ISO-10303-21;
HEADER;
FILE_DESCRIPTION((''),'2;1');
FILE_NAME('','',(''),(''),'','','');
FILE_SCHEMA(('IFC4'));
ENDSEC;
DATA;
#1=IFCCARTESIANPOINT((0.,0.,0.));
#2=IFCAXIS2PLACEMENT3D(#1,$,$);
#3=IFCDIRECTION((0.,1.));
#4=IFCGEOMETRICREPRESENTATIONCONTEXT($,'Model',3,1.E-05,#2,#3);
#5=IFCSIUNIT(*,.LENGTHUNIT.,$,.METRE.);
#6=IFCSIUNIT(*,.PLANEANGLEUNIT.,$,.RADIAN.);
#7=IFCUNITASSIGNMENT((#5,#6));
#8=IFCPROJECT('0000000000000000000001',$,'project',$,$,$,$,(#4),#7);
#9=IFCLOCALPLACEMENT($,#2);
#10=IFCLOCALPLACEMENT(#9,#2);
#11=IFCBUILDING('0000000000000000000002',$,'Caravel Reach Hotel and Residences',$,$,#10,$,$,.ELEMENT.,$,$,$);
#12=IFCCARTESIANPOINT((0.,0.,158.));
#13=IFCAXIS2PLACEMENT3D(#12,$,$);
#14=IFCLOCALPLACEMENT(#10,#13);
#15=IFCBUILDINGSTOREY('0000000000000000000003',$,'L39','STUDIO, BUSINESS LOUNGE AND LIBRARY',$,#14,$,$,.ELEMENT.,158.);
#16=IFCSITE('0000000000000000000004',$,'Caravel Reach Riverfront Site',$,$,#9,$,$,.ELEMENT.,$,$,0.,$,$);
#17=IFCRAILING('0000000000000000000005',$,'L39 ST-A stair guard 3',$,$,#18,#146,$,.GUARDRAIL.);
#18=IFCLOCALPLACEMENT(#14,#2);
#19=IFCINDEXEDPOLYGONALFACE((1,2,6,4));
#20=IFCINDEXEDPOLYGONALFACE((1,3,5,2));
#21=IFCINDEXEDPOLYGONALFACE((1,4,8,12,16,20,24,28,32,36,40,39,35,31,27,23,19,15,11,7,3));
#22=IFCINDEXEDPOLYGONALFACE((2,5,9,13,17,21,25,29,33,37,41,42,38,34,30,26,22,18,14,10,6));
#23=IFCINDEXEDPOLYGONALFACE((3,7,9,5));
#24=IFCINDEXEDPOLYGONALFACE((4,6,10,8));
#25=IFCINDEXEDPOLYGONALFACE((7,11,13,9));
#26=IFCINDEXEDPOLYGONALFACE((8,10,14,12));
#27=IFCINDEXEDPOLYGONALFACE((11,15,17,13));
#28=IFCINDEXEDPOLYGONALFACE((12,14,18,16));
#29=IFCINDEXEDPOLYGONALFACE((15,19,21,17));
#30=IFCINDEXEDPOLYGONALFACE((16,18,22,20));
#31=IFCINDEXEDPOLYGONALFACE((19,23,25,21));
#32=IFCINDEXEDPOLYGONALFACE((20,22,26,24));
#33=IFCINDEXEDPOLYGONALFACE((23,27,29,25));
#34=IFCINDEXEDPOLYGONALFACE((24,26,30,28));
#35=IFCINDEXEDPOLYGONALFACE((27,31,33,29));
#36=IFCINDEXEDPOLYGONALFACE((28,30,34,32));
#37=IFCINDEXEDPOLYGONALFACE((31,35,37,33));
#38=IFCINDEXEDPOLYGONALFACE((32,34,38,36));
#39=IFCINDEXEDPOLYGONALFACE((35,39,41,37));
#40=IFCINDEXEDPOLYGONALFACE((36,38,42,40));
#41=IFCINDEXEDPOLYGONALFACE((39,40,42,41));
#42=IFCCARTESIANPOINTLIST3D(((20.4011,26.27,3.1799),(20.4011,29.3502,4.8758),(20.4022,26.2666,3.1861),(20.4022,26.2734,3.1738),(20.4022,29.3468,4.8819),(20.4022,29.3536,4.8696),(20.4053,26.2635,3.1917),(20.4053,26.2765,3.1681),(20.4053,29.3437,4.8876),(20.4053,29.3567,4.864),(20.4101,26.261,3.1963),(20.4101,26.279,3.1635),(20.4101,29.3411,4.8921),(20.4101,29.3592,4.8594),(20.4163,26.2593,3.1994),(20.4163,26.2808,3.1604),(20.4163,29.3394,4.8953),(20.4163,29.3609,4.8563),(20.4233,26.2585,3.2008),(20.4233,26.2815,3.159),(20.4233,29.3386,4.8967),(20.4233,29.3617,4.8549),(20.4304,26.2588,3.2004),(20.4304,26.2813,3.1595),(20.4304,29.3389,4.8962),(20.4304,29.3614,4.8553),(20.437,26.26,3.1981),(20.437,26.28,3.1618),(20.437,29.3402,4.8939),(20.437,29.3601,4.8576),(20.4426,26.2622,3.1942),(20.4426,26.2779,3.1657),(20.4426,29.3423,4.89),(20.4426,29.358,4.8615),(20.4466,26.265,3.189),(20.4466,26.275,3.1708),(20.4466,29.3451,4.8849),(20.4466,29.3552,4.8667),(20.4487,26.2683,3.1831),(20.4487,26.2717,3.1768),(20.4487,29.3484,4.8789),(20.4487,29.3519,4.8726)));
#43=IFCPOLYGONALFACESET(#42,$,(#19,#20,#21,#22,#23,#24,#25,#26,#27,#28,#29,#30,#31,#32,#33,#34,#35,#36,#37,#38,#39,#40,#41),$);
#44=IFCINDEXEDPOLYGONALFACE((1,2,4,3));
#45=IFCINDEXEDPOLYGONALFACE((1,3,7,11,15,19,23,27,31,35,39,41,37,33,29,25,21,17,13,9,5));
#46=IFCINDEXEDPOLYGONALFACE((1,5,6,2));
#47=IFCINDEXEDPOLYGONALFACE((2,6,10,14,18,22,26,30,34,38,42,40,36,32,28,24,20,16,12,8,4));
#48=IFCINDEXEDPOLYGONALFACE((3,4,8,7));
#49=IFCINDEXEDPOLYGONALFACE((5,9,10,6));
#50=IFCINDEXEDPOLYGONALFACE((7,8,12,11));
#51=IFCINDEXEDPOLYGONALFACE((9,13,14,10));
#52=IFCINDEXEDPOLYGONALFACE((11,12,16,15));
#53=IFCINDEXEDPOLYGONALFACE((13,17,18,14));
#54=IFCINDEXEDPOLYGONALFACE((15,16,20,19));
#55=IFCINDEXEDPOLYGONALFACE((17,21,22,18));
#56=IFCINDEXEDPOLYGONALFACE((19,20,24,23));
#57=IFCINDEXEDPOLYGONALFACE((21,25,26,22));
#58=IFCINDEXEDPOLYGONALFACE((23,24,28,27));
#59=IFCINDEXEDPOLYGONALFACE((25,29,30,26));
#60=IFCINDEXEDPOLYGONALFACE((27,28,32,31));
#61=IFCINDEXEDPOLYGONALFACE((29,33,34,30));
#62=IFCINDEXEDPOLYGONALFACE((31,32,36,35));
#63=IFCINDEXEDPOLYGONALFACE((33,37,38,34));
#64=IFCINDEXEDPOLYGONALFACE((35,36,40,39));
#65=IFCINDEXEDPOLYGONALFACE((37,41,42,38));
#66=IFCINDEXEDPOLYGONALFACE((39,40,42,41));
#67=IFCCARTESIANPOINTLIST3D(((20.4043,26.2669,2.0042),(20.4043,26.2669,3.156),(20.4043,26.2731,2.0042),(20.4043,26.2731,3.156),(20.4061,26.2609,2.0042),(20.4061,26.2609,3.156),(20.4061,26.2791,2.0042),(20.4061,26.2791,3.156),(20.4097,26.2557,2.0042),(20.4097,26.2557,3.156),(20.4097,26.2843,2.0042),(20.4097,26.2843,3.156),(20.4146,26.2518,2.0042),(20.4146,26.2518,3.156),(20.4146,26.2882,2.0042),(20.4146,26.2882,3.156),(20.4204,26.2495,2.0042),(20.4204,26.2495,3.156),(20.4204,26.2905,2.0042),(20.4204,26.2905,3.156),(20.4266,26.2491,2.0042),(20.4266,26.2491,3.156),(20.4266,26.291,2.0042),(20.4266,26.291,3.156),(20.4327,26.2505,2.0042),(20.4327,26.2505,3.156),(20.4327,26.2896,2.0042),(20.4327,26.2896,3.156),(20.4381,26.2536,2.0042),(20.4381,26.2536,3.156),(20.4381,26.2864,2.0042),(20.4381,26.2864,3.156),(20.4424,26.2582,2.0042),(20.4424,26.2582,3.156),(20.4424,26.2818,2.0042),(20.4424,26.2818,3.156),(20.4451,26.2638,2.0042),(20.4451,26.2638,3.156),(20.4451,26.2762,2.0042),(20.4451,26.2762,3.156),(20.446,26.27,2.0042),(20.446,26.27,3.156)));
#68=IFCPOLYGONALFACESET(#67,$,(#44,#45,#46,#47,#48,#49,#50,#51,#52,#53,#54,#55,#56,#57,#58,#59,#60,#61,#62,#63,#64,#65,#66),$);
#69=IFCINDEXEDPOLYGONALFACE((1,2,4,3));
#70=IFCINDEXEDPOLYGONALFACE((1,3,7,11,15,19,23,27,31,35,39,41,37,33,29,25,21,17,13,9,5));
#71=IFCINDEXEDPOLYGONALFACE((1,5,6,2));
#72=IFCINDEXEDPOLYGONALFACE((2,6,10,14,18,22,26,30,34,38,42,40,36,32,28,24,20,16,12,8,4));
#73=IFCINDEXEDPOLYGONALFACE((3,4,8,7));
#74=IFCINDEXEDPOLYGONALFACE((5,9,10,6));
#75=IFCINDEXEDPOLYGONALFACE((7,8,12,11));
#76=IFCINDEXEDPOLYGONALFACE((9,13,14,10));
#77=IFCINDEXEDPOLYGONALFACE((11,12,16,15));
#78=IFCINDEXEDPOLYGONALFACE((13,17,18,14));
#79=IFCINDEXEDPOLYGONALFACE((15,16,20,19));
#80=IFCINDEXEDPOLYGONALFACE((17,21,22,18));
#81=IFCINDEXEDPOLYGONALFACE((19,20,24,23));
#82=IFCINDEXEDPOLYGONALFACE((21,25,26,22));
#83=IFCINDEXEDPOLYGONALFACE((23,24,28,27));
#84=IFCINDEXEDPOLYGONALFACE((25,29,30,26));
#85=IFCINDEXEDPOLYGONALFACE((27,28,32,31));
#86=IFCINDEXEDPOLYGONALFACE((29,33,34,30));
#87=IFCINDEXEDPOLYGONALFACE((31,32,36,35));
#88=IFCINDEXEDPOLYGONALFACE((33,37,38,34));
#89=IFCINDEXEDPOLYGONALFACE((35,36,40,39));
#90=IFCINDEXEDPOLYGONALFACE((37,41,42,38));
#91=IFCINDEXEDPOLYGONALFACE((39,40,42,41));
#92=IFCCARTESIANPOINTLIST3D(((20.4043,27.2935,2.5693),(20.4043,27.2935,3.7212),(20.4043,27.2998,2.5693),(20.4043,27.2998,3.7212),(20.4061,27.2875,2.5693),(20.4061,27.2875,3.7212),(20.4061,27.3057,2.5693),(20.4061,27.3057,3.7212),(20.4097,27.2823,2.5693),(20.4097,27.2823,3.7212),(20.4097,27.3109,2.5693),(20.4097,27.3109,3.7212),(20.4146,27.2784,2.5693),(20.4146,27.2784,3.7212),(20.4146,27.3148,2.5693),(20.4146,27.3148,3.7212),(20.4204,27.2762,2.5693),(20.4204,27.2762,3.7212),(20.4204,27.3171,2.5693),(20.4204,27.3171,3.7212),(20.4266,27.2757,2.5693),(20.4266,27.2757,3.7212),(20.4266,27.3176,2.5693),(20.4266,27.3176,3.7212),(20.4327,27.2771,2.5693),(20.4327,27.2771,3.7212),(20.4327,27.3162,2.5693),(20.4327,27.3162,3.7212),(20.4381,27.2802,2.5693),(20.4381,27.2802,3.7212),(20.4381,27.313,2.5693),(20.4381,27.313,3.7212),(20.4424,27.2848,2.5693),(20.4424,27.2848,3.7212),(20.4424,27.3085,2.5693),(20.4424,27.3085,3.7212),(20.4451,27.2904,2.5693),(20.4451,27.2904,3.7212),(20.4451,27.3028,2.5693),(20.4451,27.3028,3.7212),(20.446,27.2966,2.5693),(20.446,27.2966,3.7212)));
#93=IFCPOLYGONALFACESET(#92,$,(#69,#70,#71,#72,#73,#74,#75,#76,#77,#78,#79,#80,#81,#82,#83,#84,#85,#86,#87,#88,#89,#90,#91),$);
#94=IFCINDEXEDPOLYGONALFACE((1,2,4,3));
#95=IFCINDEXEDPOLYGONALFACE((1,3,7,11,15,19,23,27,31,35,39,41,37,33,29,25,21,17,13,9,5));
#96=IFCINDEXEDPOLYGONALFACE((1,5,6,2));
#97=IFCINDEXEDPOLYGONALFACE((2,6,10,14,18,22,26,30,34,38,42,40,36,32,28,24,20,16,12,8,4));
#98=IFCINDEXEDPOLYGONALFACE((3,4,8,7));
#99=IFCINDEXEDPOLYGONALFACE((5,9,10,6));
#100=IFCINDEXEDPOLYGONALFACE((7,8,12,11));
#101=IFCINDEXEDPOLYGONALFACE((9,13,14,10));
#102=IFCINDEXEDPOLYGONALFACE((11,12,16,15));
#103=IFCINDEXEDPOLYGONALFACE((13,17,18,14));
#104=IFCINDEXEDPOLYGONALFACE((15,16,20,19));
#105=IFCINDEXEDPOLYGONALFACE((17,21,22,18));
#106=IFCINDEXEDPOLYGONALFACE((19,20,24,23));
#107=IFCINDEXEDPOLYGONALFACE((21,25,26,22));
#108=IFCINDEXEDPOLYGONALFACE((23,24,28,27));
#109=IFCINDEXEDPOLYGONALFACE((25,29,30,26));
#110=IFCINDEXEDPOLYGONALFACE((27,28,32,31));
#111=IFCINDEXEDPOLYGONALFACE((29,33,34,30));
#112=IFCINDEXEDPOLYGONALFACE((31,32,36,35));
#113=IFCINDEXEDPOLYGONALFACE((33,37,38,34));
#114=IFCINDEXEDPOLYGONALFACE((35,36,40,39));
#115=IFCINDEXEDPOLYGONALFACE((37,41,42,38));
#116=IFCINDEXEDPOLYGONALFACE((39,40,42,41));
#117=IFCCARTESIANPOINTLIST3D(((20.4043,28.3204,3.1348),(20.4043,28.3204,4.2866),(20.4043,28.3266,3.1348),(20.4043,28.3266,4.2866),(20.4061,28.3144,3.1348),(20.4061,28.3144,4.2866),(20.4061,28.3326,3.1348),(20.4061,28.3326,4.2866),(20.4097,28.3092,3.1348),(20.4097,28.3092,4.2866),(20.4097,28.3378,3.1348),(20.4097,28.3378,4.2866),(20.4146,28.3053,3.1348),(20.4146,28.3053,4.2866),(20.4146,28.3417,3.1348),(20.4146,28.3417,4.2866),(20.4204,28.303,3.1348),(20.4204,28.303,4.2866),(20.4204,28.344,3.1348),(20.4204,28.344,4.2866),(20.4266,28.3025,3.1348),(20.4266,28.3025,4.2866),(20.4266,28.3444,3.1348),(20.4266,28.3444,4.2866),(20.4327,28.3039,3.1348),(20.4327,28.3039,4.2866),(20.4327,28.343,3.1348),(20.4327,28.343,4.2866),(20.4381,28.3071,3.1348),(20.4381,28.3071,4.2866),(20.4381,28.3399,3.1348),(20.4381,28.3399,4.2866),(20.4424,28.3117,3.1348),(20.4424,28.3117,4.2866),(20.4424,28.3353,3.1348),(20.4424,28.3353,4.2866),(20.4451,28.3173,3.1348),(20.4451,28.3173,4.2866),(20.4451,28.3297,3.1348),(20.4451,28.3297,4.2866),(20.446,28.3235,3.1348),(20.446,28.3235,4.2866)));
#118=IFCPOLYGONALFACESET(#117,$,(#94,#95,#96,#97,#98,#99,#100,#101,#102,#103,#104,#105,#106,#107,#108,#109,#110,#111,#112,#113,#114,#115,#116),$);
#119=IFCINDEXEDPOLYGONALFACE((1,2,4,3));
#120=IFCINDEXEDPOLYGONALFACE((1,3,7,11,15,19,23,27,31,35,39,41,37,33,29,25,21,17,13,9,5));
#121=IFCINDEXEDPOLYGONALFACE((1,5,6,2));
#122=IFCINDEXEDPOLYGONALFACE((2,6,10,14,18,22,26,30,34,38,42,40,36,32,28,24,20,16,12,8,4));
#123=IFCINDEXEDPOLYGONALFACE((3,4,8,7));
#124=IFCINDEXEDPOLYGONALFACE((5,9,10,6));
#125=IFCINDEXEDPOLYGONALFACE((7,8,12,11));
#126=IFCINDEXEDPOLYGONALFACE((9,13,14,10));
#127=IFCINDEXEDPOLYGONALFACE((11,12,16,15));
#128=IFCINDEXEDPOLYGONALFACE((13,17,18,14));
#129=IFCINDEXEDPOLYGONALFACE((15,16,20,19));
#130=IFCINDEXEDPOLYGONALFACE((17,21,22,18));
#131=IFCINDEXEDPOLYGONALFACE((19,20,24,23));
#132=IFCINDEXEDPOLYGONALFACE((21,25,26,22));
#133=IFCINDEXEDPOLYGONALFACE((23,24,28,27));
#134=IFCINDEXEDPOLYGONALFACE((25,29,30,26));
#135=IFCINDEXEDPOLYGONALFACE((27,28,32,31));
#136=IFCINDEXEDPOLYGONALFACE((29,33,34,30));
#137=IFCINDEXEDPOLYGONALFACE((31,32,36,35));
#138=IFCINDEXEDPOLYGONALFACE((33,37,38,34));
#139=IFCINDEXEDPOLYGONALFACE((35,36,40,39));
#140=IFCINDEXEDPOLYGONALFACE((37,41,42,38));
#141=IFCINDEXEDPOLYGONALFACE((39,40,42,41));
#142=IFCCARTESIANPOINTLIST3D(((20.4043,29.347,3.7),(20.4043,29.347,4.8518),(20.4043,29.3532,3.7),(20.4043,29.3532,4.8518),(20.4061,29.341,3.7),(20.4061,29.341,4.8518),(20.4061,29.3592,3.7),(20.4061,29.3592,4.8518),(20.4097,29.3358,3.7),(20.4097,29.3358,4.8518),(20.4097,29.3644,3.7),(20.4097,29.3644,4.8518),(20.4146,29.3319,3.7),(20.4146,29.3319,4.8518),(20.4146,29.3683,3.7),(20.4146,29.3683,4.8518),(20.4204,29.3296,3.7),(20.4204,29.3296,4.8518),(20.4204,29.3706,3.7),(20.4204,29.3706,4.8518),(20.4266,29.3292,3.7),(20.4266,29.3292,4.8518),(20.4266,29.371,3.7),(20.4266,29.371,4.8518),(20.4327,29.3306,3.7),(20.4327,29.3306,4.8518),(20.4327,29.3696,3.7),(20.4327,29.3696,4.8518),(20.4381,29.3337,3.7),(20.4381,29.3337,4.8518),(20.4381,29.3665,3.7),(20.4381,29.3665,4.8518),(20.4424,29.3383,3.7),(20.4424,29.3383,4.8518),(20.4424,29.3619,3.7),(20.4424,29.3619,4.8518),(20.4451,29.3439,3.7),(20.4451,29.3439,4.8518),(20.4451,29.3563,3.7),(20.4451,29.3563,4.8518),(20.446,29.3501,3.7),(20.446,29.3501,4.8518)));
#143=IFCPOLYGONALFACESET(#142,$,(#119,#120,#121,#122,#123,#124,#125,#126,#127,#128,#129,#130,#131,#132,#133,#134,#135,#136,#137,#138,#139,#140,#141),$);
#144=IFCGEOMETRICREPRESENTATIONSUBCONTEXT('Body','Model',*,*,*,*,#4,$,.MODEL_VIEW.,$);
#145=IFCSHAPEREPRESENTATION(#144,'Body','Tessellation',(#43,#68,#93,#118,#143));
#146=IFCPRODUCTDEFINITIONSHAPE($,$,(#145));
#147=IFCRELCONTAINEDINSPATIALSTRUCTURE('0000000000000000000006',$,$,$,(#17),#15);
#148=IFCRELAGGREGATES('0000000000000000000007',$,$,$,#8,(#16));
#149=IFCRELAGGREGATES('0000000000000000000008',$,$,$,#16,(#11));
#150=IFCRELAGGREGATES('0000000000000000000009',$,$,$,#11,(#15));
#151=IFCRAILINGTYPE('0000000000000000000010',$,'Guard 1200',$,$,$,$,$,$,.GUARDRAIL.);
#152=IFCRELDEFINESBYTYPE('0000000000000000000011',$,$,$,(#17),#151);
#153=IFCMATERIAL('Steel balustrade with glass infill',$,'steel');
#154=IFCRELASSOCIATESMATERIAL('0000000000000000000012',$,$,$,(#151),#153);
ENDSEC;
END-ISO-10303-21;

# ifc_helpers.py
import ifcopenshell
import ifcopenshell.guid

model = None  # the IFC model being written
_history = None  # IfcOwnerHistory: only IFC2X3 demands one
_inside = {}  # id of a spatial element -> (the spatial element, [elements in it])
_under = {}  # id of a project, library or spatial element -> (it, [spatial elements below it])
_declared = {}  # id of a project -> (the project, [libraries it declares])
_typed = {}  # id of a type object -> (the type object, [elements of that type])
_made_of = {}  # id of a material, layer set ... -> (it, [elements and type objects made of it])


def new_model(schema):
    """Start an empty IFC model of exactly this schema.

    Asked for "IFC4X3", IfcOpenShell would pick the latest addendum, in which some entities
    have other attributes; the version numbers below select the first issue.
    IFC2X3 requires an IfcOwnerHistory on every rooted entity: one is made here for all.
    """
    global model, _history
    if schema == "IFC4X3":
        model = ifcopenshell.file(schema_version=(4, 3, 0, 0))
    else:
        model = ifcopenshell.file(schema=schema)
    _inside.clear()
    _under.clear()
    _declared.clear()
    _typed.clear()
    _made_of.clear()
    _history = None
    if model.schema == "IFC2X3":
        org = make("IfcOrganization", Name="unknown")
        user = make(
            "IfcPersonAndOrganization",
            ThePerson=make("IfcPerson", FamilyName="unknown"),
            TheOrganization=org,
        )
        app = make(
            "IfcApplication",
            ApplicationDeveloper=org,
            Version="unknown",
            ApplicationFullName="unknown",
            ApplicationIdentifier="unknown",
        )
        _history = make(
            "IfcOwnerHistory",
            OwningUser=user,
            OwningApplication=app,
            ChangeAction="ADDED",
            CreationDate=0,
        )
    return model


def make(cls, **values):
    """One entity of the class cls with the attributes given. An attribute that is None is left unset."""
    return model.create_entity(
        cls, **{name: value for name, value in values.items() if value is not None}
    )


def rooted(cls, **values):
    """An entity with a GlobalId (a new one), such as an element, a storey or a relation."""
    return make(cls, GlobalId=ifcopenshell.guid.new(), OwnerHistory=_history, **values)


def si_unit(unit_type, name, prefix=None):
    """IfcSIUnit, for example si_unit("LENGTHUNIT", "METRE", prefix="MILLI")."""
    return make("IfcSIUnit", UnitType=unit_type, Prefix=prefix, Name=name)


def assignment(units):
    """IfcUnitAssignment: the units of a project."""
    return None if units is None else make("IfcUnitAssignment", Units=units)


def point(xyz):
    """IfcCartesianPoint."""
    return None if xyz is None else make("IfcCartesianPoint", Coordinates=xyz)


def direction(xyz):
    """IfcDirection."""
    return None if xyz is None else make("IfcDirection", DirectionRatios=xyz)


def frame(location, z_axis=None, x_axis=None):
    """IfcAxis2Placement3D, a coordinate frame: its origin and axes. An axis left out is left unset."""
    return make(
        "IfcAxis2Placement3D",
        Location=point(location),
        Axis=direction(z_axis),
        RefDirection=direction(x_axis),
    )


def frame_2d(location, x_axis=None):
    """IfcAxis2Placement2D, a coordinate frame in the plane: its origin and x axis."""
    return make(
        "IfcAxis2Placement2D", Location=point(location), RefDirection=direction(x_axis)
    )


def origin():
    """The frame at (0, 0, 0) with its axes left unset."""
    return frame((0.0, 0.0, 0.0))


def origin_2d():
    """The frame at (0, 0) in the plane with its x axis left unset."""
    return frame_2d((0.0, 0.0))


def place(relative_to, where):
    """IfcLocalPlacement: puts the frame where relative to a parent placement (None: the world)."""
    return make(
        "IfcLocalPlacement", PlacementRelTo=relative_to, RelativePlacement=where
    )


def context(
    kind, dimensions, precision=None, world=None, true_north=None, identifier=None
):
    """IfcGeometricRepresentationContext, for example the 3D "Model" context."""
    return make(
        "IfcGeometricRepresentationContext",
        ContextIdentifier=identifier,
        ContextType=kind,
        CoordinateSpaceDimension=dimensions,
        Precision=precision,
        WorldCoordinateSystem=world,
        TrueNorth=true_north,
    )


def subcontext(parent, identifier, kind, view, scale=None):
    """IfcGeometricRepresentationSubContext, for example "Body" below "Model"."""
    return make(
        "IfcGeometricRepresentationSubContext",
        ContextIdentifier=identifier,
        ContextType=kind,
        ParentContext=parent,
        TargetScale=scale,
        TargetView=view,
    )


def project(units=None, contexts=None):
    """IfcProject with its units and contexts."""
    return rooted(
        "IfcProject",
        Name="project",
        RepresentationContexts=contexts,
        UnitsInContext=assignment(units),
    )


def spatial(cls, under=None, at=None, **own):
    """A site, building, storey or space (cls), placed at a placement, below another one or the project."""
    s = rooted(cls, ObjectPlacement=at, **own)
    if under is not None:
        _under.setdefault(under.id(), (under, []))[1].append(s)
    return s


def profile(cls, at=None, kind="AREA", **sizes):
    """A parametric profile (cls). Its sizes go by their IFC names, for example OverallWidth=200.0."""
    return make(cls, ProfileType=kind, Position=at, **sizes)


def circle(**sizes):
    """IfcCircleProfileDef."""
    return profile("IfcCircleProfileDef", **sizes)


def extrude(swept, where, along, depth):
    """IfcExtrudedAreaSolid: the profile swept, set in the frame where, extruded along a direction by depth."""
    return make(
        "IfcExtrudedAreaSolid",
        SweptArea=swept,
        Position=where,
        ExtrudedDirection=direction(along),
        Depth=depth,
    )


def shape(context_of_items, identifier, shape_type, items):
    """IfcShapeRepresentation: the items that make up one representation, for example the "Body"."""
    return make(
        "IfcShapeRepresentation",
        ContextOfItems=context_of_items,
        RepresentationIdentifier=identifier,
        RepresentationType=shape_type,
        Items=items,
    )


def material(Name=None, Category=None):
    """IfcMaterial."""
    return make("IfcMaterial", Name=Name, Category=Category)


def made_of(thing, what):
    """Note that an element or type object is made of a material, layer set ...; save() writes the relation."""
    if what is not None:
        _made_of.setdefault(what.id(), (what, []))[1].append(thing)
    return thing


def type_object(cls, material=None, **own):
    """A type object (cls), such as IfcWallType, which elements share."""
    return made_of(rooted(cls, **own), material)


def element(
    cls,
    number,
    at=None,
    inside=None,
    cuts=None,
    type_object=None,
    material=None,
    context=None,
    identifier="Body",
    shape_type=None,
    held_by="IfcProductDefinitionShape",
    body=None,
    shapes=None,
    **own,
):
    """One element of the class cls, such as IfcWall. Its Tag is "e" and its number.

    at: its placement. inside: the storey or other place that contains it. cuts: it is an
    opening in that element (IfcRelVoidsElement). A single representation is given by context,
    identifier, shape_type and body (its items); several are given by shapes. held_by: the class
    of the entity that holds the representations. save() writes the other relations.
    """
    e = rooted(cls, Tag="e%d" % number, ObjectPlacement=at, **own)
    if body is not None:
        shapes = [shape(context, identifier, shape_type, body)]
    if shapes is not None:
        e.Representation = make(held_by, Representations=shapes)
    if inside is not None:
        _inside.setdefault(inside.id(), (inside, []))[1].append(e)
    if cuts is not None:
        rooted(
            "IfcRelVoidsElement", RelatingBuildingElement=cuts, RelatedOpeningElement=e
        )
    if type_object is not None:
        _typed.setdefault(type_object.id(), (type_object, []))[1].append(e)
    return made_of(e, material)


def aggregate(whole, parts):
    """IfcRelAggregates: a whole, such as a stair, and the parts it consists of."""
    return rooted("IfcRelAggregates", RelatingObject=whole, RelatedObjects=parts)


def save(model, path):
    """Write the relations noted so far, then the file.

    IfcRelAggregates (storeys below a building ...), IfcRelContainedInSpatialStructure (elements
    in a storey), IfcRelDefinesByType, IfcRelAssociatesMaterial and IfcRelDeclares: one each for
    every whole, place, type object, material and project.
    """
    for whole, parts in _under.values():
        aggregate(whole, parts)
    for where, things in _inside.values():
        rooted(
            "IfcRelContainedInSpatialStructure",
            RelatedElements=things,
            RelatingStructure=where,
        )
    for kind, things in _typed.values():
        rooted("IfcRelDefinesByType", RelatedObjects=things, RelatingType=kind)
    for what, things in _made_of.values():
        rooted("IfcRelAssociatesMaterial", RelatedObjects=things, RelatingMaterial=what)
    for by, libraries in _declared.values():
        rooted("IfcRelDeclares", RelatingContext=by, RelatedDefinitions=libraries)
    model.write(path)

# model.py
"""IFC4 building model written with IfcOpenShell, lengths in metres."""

from ifc_helpers import new_model, si_unit, direction, frame, origin, origin_2d, place, context, subcontext, project, spatial, circle, extrude, material, type_object, element, save


model = new_model("IFC4")

# Units and contexts
model_context = context("Model", 3, precision=1e-05, world=origin(), true_north=direction((0.0, 1.0)))
body_context = subcontext(model_context, "Body", "Model", "MODEL_VIEW")
ifc_project = project(units=[si_unit("LENGTHUNIT", "METRE"), si_unit("PLANEANGLEUNIT", "RADIAN")], contexts=[model_context])

# Site, building, storey
site_placement = place(None, origin())
site = spatial("IfcSite", under=ifc_project, at=site_placement, Name="Caravel Reach Riverfront Site", CompositionType="ELEMENT", RefElevation=0.0)
building_placement = place(site_placement, origin())
building = spatial("IfcBuilding", under=site, at=building_placement, Name="Caravel Reach Hotel and Residences", CompositionType="ELEMENT")
storey_placement = place(building_placement, frame((0.0, 0.0, 158.0)))
storey = spatial("IfcBuildingStorey", under=building, at=storey_placement, Name="L39", Description="STUDIO, BUSINESS LOUNGE AND LIBRARY", CompositionType="ELEMENT", Elevation=158.0)

# Railing
ifc_material_1 = material(Name="Steel balustrade with glass infill", Category="steel")
railing_type_1 = type_object("IfcRailingType", Name="Guard 1200", PredefinedType="GUARDRAIL", material=ifc_material_1)
railing_1_placement = place(storey_placement, frame((20.425, 26.27, 2.0042)))
element("IfcRailing", 1, at=railing_1_placement, inside=storey, type_object=railing_type_1, Name="L39 ST-A stair guard 3", PredefinedType="GUARDRAIL", context=body_context, shape_type="SweptSolid", body=[
    extrude(circle(Radius=0.0239, at=origin_2d()), frame((0.0, 0.0, 1.1758), z_axis=(0.0, 0.876005, 0.482303), x_axis=(-1.0, 0.0, 0.0)), (0.0, 0.0, 1.0), 3.5161),
    extrude(circle(Radius=0.021, at=origin_2d()), origin(), (0.0, 0.0, 1.0), 1.1519),
    extrude(circle(Radius=0.021, at=origin_2d()), frame((0.0, 1.0266, 0.5652)), (0.0, 0.0, 1.0), 1.1519),
    extrude(circle(Radius=0.021, at=origin_2d()), frame((0.0, 2.0535, 1.1306)), (0.0, 0.0, 1.0), 1.1519),
    extrude(circle(Radius=0.021, at=origin_2d()), frame((0.0, 3.0801, 1.6958)), (0.0, 0.0, 1.0), 1.1519),
])

save(model, "model.ifc")
